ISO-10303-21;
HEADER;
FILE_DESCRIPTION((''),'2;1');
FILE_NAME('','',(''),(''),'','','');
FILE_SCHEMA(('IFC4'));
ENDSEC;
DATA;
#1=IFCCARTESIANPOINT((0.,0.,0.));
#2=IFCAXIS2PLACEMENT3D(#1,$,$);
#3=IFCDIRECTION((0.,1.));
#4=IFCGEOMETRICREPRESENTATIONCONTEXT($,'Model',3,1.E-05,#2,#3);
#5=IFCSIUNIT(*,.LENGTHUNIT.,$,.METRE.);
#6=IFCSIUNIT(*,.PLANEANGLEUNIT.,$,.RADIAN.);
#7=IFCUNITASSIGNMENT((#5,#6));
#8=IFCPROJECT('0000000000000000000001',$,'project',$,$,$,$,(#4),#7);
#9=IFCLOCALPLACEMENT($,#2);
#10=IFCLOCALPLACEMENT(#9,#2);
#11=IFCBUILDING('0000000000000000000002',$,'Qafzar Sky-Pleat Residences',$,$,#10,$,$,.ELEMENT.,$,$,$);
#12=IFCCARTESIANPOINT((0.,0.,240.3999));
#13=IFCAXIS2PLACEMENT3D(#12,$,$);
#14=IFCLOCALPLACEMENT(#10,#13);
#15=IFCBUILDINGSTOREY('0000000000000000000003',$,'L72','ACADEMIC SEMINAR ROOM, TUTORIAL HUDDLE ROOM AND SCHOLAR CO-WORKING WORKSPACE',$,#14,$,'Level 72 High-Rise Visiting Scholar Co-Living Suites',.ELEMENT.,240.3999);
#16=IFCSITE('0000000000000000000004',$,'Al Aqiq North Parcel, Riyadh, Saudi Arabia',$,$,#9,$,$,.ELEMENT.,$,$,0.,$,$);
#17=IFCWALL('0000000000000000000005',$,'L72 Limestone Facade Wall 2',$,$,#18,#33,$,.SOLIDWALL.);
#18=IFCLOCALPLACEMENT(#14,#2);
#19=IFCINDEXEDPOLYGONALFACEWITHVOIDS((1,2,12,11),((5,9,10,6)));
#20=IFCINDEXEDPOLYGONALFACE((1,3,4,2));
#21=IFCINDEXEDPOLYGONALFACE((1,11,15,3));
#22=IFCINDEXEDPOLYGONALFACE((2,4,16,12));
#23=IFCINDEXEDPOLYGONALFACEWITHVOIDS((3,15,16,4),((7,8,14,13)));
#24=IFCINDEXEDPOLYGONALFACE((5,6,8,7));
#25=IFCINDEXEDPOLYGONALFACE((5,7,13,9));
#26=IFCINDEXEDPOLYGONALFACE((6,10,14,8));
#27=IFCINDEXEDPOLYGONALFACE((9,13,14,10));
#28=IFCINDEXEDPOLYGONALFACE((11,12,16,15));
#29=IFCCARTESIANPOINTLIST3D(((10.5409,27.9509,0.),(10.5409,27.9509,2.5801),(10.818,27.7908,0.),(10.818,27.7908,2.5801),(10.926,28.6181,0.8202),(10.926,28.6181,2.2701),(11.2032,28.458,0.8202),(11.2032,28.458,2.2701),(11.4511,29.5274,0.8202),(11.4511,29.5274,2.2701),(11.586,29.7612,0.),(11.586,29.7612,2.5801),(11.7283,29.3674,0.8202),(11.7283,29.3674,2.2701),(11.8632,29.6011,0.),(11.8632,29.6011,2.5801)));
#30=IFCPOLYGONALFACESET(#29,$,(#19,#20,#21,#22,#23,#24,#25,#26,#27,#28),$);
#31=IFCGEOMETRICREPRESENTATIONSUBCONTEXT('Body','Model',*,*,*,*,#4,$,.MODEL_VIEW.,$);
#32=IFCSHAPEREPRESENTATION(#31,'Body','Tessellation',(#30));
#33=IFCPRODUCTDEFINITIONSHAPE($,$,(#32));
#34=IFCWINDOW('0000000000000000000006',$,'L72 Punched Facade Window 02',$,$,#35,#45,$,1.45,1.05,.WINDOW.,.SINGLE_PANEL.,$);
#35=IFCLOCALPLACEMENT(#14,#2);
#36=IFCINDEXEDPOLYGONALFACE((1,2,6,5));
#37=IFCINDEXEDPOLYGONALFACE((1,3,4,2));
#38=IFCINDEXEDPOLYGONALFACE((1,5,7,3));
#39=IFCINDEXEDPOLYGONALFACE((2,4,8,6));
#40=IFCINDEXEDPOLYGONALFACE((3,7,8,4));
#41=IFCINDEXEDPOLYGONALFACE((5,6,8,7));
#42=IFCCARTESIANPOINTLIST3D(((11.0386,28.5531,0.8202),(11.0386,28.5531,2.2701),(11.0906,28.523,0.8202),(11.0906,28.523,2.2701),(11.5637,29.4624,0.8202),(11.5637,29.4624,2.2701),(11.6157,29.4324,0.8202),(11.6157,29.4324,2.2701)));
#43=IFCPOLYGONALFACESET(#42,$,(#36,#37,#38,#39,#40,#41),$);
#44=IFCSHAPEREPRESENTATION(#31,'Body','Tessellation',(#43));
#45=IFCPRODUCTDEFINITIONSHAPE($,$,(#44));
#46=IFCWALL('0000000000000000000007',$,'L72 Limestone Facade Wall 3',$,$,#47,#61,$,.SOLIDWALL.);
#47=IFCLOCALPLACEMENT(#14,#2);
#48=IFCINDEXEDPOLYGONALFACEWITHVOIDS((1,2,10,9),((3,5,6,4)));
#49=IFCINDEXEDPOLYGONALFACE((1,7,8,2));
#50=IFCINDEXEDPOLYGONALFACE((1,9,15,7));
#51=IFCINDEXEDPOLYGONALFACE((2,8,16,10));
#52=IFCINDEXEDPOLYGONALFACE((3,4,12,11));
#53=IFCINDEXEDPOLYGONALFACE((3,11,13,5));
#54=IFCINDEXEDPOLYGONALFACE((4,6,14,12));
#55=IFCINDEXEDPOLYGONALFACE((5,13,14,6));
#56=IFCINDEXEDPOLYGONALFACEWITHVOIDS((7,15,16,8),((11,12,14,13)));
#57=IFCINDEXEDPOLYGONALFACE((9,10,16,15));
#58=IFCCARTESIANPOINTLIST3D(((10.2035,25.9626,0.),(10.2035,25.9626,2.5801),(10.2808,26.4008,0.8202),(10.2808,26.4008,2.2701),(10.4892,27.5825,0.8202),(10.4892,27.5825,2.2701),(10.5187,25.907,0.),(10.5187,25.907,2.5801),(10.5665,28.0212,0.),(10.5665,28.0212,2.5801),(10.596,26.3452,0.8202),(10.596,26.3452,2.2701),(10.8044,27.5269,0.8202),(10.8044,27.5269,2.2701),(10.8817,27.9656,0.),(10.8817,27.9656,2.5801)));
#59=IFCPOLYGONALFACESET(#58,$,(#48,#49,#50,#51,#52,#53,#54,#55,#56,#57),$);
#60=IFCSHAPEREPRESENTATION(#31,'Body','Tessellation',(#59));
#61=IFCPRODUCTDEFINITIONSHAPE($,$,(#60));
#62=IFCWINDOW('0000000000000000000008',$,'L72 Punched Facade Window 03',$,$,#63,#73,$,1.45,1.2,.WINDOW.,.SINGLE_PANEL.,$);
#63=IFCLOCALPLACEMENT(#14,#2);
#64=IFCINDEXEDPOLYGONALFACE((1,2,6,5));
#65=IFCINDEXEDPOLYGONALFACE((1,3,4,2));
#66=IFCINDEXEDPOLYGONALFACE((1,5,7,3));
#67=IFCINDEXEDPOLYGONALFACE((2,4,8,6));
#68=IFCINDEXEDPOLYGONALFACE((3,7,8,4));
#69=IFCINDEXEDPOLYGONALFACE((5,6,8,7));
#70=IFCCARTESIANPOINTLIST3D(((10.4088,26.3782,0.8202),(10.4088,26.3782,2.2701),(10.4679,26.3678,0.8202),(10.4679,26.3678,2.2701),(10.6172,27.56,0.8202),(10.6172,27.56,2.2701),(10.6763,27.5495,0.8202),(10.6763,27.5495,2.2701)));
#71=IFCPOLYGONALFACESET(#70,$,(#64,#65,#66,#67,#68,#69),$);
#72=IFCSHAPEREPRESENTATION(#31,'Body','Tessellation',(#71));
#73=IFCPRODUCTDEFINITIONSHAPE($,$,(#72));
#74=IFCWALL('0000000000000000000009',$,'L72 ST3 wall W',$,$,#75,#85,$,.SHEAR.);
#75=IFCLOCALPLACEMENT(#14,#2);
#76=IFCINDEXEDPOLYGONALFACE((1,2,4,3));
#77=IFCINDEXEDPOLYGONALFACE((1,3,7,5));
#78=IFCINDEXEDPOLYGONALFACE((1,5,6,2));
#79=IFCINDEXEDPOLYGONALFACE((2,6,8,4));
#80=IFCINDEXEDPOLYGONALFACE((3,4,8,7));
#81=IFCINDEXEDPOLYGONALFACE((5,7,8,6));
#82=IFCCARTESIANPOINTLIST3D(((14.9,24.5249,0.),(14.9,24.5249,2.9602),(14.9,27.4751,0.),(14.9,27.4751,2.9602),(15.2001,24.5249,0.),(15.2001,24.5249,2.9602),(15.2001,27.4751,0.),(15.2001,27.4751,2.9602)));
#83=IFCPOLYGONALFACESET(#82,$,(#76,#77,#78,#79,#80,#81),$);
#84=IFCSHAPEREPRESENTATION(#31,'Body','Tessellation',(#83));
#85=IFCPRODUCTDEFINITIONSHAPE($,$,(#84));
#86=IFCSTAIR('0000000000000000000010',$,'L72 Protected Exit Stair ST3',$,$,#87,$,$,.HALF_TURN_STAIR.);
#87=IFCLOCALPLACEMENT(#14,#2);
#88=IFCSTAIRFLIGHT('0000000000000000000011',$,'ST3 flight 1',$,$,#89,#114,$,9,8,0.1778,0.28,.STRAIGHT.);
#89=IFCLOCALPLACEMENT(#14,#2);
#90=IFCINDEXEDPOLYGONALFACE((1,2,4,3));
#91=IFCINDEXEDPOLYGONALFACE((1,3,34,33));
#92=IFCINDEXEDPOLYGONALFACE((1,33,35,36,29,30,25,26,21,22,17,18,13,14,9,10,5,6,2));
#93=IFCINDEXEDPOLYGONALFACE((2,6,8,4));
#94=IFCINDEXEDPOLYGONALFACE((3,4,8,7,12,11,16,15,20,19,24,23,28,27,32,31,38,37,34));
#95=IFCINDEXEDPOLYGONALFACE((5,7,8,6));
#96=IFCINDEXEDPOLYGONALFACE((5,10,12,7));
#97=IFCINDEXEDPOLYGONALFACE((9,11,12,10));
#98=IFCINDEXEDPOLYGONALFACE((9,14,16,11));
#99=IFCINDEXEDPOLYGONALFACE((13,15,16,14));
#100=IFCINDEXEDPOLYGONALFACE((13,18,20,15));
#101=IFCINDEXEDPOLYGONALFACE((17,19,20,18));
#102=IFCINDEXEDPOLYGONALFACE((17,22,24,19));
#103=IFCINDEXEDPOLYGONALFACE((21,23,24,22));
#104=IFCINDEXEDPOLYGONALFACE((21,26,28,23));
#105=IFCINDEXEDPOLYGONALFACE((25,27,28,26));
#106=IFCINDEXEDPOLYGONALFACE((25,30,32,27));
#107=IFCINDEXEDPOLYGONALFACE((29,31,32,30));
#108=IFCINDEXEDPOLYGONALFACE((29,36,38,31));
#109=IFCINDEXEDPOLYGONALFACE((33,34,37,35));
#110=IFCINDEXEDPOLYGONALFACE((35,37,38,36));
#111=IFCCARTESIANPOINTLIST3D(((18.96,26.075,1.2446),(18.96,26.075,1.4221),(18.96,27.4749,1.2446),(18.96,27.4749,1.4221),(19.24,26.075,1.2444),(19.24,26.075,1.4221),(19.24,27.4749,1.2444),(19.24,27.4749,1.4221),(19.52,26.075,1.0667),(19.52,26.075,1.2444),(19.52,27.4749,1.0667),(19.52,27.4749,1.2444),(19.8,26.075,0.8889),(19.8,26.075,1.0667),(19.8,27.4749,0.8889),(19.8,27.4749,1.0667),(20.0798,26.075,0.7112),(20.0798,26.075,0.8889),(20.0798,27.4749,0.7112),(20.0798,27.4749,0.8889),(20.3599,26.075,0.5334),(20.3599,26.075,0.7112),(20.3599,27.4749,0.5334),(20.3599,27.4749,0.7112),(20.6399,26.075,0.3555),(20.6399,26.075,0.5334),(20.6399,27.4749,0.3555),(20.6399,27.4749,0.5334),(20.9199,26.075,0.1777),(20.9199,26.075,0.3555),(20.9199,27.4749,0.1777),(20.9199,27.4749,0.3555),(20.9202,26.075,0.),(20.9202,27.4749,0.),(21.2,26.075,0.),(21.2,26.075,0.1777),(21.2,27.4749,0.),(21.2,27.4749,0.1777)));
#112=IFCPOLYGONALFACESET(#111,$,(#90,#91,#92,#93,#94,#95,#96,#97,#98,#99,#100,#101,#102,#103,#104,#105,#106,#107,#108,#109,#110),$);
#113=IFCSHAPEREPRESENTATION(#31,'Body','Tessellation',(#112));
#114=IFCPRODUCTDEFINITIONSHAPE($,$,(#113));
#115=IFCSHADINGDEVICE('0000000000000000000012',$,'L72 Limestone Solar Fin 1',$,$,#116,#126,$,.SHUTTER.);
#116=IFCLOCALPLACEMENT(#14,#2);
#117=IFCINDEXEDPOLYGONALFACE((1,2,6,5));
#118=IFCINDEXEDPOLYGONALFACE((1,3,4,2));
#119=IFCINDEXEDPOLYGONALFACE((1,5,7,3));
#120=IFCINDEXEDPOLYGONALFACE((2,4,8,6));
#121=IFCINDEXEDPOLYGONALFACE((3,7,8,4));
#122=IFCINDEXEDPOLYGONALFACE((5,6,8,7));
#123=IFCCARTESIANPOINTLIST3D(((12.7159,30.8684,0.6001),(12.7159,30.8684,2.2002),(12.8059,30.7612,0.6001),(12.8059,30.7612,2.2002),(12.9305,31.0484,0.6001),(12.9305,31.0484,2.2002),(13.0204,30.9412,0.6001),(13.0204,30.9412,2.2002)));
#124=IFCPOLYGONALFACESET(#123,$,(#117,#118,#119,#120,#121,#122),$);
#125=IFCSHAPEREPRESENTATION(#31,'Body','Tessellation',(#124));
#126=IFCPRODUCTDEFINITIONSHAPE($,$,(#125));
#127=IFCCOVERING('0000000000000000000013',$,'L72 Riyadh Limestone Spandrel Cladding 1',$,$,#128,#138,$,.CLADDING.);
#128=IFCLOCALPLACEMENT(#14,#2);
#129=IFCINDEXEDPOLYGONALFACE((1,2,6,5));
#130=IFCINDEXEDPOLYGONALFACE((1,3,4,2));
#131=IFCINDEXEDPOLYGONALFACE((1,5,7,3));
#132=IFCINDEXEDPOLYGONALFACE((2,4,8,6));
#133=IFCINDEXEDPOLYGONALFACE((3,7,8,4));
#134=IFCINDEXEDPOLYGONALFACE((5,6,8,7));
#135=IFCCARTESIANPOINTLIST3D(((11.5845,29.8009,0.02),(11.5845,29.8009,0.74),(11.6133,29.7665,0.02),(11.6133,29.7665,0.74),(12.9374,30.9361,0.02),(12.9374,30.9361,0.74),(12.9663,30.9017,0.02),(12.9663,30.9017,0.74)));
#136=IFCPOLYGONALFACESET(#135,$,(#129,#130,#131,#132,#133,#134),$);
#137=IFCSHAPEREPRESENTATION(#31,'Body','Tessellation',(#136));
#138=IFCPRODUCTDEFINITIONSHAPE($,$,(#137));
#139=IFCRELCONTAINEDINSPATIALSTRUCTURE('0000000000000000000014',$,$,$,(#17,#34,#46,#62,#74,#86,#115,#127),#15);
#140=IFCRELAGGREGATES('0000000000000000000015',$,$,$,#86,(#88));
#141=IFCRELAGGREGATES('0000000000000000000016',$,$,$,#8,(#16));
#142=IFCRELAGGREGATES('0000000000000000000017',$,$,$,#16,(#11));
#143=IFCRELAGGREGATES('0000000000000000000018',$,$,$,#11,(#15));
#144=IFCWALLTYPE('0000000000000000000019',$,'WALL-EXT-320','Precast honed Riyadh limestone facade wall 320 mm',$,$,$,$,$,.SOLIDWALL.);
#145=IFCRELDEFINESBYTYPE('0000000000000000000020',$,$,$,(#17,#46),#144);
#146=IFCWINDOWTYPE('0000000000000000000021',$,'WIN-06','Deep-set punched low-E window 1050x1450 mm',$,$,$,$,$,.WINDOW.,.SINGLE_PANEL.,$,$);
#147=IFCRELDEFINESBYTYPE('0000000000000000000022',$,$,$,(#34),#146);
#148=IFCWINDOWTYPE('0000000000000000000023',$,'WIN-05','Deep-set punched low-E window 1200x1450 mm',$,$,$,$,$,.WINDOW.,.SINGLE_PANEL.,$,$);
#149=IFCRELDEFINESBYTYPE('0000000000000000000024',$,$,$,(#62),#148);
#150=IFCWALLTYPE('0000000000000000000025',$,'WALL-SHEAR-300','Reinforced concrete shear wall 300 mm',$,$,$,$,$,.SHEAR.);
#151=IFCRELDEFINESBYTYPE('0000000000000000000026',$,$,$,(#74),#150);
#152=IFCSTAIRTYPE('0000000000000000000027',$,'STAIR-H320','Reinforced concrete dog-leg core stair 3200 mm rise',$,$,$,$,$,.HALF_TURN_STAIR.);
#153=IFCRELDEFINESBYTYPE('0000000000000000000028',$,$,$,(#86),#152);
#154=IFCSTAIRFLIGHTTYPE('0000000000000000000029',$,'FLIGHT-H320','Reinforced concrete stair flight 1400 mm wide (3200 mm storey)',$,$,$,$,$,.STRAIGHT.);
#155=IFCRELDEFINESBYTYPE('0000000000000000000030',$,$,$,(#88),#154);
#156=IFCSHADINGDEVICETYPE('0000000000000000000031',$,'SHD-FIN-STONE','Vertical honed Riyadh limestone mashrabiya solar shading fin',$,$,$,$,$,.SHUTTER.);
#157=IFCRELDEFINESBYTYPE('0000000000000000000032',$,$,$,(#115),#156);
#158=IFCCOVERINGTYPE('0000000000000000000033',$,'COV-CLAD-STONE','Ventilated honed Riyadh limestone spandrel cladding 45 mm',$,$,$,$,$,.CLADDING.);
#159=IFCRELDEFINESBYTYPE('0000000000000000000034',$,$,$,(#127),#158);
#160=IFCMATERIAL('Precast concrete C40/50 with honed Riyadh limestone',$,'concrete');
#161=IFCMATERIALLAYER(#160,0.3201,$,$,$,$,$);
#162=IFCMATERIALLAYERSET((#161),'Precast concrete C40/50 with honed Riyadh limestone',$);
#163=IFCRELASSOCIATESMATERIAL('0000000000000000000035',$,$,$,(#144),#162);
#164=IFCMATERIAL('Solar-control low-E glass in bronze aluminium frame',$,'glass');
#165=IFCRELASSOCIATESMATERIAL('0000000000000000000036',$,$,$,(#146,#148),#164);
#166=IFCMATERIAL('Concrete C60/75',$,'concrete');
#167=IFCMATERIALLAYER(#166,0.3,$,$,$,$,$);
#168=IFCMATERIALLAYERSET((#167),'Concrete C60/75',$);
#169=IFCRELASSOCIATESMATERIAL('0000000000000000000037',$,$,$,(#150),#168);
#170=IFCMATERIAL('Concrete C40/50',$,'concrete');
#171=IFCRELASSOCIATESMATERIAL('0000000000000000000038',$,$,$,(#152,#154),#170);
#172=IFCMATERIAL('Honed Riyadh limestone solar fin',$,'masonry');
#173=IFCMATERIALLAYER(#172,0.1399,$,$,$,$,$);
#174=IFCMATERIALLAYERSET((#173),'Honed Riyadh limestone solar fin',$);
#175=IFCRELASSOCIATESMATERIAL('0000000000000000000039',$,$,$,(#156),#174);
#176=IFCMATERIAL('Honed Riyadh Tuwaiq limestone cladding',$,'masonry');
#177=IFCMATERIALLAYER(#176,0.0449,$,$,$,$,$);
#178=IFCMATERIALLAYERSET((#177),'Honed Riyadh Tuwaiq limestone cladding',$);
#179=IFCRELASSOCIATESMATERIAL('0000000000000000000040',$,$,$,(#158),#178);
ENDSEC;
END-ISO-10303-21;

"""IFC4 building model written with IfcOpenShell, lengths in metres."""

from ifc_helpers import new_model, si_unit, direction, frame, frame_2d, origin, origin_2d, place, context, subcontext, project, spatial, polyline, rectangle, outline, extrude, source, transform, mapped, material, layer, layer_set, type_object, element, fill, aggregate, save


model = new_model("IFC4")

# Units and contexts
model_context = context("Model", 3, precision=1e-05, world=origin(), true_north=direction((0.0, 1.0)))
body_context = subcontext(model_context, "Body", "Model", "MODEL_VIEW")
ifc_project = project(units=[si_unit("LENGTHUNIT", "METRE"), si_unit("PLANEANGLEUNIT", "RADIAN")], contexts=[model_context])

# Site, building, storey
site_placement = place(None, origin())
site = spatial("IfcSite", under=ifc_project, at=site_placement, Name="Al Aqiq North Parcel, Riyadh, Saudi Arabia", CompositionType="ELEMENT", RefElevation=0.0)
building_placement = place(site_placement, origin())
building = spatial("IfcBuilding", under=site, at=building_placement, Name="Qafzar Sky-Pleat Residences", CompositionType="ELEMENT")
storey_placement = place(building_placement, frame((0.0, 0.0, 240.3999)))
storey = spatial("IfcBuildingStorey", under=building, at=storey_placement, Name="L72", Description="ACADEMIC SEMINAR ROOM, TUTORIAL HUDDLE ROOM AND SCHOLAR CO-WORKING WORKSPACE", LongName="Level 72 High-Rise Visiting Scholar Co-Living Suites", CompositionType="ELEMENT", Elevation=240.3999)

# Walls, openings, windows
ifc_material_1 = material(Name="Precast concrete C40/50 with honed Riyadh limestone", Category="concrete")
ifc_layer_1 = layer(ifc_material_1, 0.3201)
ifc_layer_set_1 = layer_set([ifc_layer_1], Name="Precast concrete C40/50 with honed Riyadh limestone")
wall_type_1 = type_object("IfcWallType", Name="WALL-EXT-320", Description="Precast honed Riyadh limestone facade wall 320 mm", PredefinedType="SOLIDWALL", material=ifc_layer_set_1)
ifc_material_2 = material(Name="Solar-control low-E glass in bronze aluminium frame", Category="glass")
wall_1_placement = place(storey_placement, frame((11.7246, 29.6812, 0.0), z_axis=(0.0, 0.0, 1.0), x_axis=(-0.499995, -0.866028, 0.0)))
wall_1 = element("IfcWall", 1, at=wall_1_placement, inside=storey, type_object=wall_type_1, Name="L72 Limestone Facade Wall 2", PredefinedType="SOLIDWALL", context=body_context, shape_type="SweptSolid", body=[
    extrude(rectangle(XDim=2.0903, YDim=0.3201, at=frame_2d((1.0452, 0.0))), origin(), (0.0, 0.0, 1.0), 2.5801),
])
opening_1_placement = place(wall_1_placement, frame((0.27, 0.0, 0.8201)))
opening_1 = element("IfcOpeningElement", 2, at=opening_1_placement, cuts=wall_1, PredefinedType="OPENING", context=body_context, shape_type="SweptSolid", body=[
    extrude(rectangle(XDim=1.05, YDim=1.45, at=frame_2d((0.5249, 0.7251))), frame((0.0, 0.1699, 0.0), z_axis=(0.0, -1.0, 0.0), x_axis=(1.0, 0.0, 0.0)), (0.0, 0.0, 1.0), 0.3401),
])
window_type_1 = type_object("IfcWindowType", Name="WIN-06", Description="Deep-set punched low-E window 1050x1450 mm", PartitioningType="SINGLE_PANEL", PredefinedType="WINDOW", material=ifc_material_2)
shared_shape_1 = source(origin(), body_context, "Body", "SweptSolid", [
    extrude(rectangle(XDim=1.05, YDim=1.45, at=frame_2d((0.5249, 0.7251))), frame((0.0, 0.03, 0.0), z_axis=(0.0, -1.0, 0.0), x_axis=(1.0, 0.0, 0.0)), (0.0, 0.0, 1.0), 0.0601),
])
window_1_placement = place(opening_1_placement, origin())
window_1 = element("IfcWindow", 3, at=window_1_placement, inside=storey, type_object=window_type_1, Name="L72 Punched Facade Window 02", OverallHeight=1.45, OverallWidth=1.05, PartitioningType="SINGLE_PANEL", PredefinedType="WINDOW", context=body_context, shape_type="MappedRepresentation", body=[
    mapped(shared_shape_1, transform((0.0, 0.0, 0.0), x_axis=(1.0, 0.0, 0.0), y_axis=(0.0, 1.0, 0.0), z_axis=(0.0, 0.0, 1.0), scale=1.0)),
])
fill(opening_1, window_1)
wall_2_placement = place(storey_placement, frame((10.7241, 27.9934, 0.0), z_axis=(0.0, 0.0, 1.0), x_axis=(-0.173672, -0.984804, 0.0)))
wall_2 = element("IfcWall", 4, at=wall_2_placement, inside=storey, type_object=wall_type_1, Name="L72 Limestone Facade Wall 3", PredefinedType="SOLIDWALL", context=body_context, shape_type="SweptSolid", body=[
    extrude(rectangle(XDim=2.0903, YDim=0.3201, at=frame_2d((1.0452, 0.0))), origin(), (0.0, 0.0, 1.0), 2.5801),
])
opening_2_placement = place(wall_2_placement, frame((0.4453, 0.0, 0.8201)))
opening_2 = element("IfcOpeningElement", 5, at=opening_2_placement, cuts=wall_2, PredefinedType="OPENING", context=body_context, shape_type="SweptSolid", body=[
    extrude(rectangle(XDim=1.2, YDim=1.45, at=frame_2d((0.6001, 0.7251))), frame((0.0, 0.1699, 0.0), z_axis=(0.0, -1.0, 0.0), x_axis=(1.0, 0.0, 0.0)), (0.0, 0.0, 1.0), 0.3401),
])
window_type_2 = type_object("IfcWindowType", Name="WIN-05", Description="Deep-set punched low-E window 1200x1450 mm", PartitioningType="SINGLE_PANEL", PredefinedType="WINDOW", material=ifc_material_2)
shared_shape_2 = source(origin(), body_context, "Body", "SweptSolid", [
    extrude(rectangle(XDim=1.2, YDim=1.45, at=frame_2d((0.6001, 0.7251))), frame((0.0, 0.03, 0.0), z_axis=(0.0, -1.0, 0.0), x_axis=(1.0, 0.0, 0.0)), (0.0, 0.0, 1.0), 0.0601),
])
window_2_placement = place(opening_2_placement, origin())
window_2 = element("IfcWindow", 6, at=window_2_placement, inside=storey, type_object=window_type_2, Name="L72 Punched Facade Window 03", OverallHeight=1.45, OverallWidth=1.2, PartitioningType="SINGLE_PANEL", PredefinedType="WINDOW", context=body_context, shape_type="MappedRepresentation", body=[
    mapped(shared_shape_2, transform((0.0, 0.0, 0.0), x_axis=(1.0, 0.0, 0.0), y_axis=(0.0, 1.0, 0.0), z_axis=(0.0, 0.0, 1.0), scale=1.0)),
])
fill(opening_2, window_2)

# Wall
ifc_material_3 = material(Name="Concrete C60/75", Category="concrete")
ifc_layer_2 = layer(ifc_material_3, 0.3)
ifc_layer_set_2 = layer_set([ifc_layer_2], Name="Concrete C60/75")
wall_type_2 = type_object("IfcWallType", Name="WALL-SHEAR-300", Description="Reinforced concrete shear wall 300 mm", PredefinedType="SHEAR", material=ifc_layer_set_2)
wall_3_placement = place(storey_placement, frame((15.05, 27.4751, 0.0), z_axis=(0.0, 0.0, 1.0), x_axis=(0.0, -1.0, 0.0)))
element("IfcWall", 7, at=wall_3_placement, inside=storey, type_object=wall_type_2, Name="L72 ST3 wall W", PredefinedType="SHEAR", context=body_context, shape_type="SweptSolid", body=[
    extrude(rectangle(XDim=2.9502, YDim=0.3, at=frame_2d((1.4751, 0.0))), origin(), (0.0, 0.0, 1.0), 2.9602),
])

# Stair, stair flight
ifc_material_4 = material(Name="Concrete C40/50", Category="concrete")
stair_type = type_object("IfcStairType", Name="STAIR-H320", Description="Reinforced concrete dog-leg core stair 3200 mm rise", PredefinedType="HALF_TURN_STAIR", material=ifc_material_4)
stair_placement = place(storey_placement, origin())
stair = element("IfcStair", 8, at=stair_placement, inside=storey, type_object=stair_type, Name="L72 Protected Exit Stair ST3", PredefinedType="HALF_TURN_STAIR")
stair_flight_type = type_object("IfcStairFlightType", Name="FLIGHT-H320", Description="Reinforced concrete stair flight 1400 mm wide (3200 mm storey)", PredefinedType="STRAIGHT", material=ifc_material_4)
shared_shape_3 = source(origin(), body_context, "Body", "SweptSolid", [
    extrude(outline(polyline([(0.0, 0.0), (0.0, 0.1777), (0.28, 0.1777), (0.28, 0.3555), (0.5601, 0.3555), (0.5601, 0.5334), (0.8401, 0.5334), (0.8401, 0.7112), (1.1201, 0.7112), (1.1201, 0.8889), (1.3999, 0.8889), (1.3999, 1.0667), (1.6799, 1.0667), (1.6799, 1.2444), (1.96, 1.2444), (1.96, 1.4221), (2.24, 1.4221), (2.24, 1.6001), (2.24, 1.2446), (0.2798, 0.0), (0.0, 0.0)])), frame((0.0, 0.7, 0.0), z_axis=(0.0, -1.0, 0.0), x_axis=(1.0, 0.0, 0.0)), (0.0, 0.0, 1.0), 1.3999),
])
stair_flight_placement = place(storey_placement, frame((21.2, 26.7749, 0.0), z_axis=(0.0, 0.0, 1.0), x_axis=(-1.0, 0.0, 0.0)))
stair_flight = element("IfcStairFlight", 9, at=stair_flight_placement, type_object=stair_flight_type, Name="ST3 flight 1", NumberOfRisers=9, NumberOfTreads=8, PredefinedType="STRAIGHT", RiserHeight=0.1778, TreadLength=0.28, context=body_context, shape_type="MappedRepresentation", body=[
    mapped(shared_shape_3, transform((0.0, 0.0, 0.0), x_axis=(1.0, 0.0, 0.0), y_axis=(0.0, 1.0, 0.0), z_axis=(0.0, 0.0, 1.0), scale=1.0)),
])
aggregate(stair, [stair_flight])

# Shading device
ifc_material_5 = material(Name="Honed Riyadh limestone solar fin", Category="masonry")
ifc_layer_3 = layer(ifc_material_5, 0.1399)
ifc_layer_set_3 = layer_set([ifc_layer_3], Name="Honed Riyadh limestone solar fin")
shading_device_type = type_object("IfcShadingDeviceType", Name="SHD-FIN-STONE", Description="Vertical honed Riyadh limestone mashrabiya solar shading fin", PredefinedType="SHUTTER", material=ifc_layer_set_3)
shared_shape_4 = source(origin(), body_context, "Body", "SweptSolid", [
    extrude(rectangle(XDim=0.1399, YDim=0.28, at=origin_2d()), origin(), (0.0, 0.0, 1.0), 1.6001),
])
shading_device_placement = place(storey_placement, frame((12.8682, 30.9048, 0.6001), z_axis=(0.0, 0.0, 1.0), x_axis=(-0.642754, 0.766072, 0.0)))
element("IfcShadingDevice", 10, at=shading_device_placement, inside=storey, type_object=shading_device_type, Name="L72 Limestone Solar Fin 1", PredefinedType="SHUTTER", context=body_context, shape_type="MappedRepresentation", body=[
    mapped(shared_shape_4, transform((0.0, 0.0, 0.0), x_axis=(1.0, 0.0, 0.0), y_axis=(0.0, 1.0, 0.0), z_axis=(0.0, 0.0, 1.0), scale=1.0)),
])

# Covering
ifc_material_6 = material(Name="Honed Riyadh Tuwaiq limestone cladding", Category="masonry")
ifc_layer_4 = layer(ifc_material_6, 0.0449)
ifc_layer_set_4 = layer_set([ifc_layer_4], Name="Honed Riyadh Tuwaiq limestone cladding")
covering_type = type_object("IfcCoveringType", Name="COV-CLAD-STONE", Description="Ventilated honed Riyadh limestone spandrel cladding 45 mm", PredefinedType="CLADDING", material=ifc_layer_set_4)
shared_shape_5 = source(origin(), body_context, "Body", "SweptSolid", [
    extrude(rectangle(XDim=1.7661, YDim=0.0449, at=origin_2d()), origin(), (0.0, 0.0, 1.0), 0.72),
])
covering_placement = place(storey_placement, frame((12.2754, 30.3513, 0.02), z_axis=(0.0, 0.0, 1.0), x_axis=(-0.766074, -0.642752, 0.0)))
element("IfcCovering", 11, at=covering_placement, inside=storey, type_object=covering_type, Name="L72 Riyadh Limestone Spandrel Cladding 1", PredefinedType="CLADDING", context=body_context, shape_type="MappedRepresentation", body=[
    mapped(shared_shape_5, transform((0.0, 0.0, 0.0), x_axis=(1.0, 0.0, 0.0), y_axis=(0.0, 1.0, 0.0), z_axis=(0.0, 0.0, 1.0), scale=1.0)),
])

save(model, "model.ifc")
